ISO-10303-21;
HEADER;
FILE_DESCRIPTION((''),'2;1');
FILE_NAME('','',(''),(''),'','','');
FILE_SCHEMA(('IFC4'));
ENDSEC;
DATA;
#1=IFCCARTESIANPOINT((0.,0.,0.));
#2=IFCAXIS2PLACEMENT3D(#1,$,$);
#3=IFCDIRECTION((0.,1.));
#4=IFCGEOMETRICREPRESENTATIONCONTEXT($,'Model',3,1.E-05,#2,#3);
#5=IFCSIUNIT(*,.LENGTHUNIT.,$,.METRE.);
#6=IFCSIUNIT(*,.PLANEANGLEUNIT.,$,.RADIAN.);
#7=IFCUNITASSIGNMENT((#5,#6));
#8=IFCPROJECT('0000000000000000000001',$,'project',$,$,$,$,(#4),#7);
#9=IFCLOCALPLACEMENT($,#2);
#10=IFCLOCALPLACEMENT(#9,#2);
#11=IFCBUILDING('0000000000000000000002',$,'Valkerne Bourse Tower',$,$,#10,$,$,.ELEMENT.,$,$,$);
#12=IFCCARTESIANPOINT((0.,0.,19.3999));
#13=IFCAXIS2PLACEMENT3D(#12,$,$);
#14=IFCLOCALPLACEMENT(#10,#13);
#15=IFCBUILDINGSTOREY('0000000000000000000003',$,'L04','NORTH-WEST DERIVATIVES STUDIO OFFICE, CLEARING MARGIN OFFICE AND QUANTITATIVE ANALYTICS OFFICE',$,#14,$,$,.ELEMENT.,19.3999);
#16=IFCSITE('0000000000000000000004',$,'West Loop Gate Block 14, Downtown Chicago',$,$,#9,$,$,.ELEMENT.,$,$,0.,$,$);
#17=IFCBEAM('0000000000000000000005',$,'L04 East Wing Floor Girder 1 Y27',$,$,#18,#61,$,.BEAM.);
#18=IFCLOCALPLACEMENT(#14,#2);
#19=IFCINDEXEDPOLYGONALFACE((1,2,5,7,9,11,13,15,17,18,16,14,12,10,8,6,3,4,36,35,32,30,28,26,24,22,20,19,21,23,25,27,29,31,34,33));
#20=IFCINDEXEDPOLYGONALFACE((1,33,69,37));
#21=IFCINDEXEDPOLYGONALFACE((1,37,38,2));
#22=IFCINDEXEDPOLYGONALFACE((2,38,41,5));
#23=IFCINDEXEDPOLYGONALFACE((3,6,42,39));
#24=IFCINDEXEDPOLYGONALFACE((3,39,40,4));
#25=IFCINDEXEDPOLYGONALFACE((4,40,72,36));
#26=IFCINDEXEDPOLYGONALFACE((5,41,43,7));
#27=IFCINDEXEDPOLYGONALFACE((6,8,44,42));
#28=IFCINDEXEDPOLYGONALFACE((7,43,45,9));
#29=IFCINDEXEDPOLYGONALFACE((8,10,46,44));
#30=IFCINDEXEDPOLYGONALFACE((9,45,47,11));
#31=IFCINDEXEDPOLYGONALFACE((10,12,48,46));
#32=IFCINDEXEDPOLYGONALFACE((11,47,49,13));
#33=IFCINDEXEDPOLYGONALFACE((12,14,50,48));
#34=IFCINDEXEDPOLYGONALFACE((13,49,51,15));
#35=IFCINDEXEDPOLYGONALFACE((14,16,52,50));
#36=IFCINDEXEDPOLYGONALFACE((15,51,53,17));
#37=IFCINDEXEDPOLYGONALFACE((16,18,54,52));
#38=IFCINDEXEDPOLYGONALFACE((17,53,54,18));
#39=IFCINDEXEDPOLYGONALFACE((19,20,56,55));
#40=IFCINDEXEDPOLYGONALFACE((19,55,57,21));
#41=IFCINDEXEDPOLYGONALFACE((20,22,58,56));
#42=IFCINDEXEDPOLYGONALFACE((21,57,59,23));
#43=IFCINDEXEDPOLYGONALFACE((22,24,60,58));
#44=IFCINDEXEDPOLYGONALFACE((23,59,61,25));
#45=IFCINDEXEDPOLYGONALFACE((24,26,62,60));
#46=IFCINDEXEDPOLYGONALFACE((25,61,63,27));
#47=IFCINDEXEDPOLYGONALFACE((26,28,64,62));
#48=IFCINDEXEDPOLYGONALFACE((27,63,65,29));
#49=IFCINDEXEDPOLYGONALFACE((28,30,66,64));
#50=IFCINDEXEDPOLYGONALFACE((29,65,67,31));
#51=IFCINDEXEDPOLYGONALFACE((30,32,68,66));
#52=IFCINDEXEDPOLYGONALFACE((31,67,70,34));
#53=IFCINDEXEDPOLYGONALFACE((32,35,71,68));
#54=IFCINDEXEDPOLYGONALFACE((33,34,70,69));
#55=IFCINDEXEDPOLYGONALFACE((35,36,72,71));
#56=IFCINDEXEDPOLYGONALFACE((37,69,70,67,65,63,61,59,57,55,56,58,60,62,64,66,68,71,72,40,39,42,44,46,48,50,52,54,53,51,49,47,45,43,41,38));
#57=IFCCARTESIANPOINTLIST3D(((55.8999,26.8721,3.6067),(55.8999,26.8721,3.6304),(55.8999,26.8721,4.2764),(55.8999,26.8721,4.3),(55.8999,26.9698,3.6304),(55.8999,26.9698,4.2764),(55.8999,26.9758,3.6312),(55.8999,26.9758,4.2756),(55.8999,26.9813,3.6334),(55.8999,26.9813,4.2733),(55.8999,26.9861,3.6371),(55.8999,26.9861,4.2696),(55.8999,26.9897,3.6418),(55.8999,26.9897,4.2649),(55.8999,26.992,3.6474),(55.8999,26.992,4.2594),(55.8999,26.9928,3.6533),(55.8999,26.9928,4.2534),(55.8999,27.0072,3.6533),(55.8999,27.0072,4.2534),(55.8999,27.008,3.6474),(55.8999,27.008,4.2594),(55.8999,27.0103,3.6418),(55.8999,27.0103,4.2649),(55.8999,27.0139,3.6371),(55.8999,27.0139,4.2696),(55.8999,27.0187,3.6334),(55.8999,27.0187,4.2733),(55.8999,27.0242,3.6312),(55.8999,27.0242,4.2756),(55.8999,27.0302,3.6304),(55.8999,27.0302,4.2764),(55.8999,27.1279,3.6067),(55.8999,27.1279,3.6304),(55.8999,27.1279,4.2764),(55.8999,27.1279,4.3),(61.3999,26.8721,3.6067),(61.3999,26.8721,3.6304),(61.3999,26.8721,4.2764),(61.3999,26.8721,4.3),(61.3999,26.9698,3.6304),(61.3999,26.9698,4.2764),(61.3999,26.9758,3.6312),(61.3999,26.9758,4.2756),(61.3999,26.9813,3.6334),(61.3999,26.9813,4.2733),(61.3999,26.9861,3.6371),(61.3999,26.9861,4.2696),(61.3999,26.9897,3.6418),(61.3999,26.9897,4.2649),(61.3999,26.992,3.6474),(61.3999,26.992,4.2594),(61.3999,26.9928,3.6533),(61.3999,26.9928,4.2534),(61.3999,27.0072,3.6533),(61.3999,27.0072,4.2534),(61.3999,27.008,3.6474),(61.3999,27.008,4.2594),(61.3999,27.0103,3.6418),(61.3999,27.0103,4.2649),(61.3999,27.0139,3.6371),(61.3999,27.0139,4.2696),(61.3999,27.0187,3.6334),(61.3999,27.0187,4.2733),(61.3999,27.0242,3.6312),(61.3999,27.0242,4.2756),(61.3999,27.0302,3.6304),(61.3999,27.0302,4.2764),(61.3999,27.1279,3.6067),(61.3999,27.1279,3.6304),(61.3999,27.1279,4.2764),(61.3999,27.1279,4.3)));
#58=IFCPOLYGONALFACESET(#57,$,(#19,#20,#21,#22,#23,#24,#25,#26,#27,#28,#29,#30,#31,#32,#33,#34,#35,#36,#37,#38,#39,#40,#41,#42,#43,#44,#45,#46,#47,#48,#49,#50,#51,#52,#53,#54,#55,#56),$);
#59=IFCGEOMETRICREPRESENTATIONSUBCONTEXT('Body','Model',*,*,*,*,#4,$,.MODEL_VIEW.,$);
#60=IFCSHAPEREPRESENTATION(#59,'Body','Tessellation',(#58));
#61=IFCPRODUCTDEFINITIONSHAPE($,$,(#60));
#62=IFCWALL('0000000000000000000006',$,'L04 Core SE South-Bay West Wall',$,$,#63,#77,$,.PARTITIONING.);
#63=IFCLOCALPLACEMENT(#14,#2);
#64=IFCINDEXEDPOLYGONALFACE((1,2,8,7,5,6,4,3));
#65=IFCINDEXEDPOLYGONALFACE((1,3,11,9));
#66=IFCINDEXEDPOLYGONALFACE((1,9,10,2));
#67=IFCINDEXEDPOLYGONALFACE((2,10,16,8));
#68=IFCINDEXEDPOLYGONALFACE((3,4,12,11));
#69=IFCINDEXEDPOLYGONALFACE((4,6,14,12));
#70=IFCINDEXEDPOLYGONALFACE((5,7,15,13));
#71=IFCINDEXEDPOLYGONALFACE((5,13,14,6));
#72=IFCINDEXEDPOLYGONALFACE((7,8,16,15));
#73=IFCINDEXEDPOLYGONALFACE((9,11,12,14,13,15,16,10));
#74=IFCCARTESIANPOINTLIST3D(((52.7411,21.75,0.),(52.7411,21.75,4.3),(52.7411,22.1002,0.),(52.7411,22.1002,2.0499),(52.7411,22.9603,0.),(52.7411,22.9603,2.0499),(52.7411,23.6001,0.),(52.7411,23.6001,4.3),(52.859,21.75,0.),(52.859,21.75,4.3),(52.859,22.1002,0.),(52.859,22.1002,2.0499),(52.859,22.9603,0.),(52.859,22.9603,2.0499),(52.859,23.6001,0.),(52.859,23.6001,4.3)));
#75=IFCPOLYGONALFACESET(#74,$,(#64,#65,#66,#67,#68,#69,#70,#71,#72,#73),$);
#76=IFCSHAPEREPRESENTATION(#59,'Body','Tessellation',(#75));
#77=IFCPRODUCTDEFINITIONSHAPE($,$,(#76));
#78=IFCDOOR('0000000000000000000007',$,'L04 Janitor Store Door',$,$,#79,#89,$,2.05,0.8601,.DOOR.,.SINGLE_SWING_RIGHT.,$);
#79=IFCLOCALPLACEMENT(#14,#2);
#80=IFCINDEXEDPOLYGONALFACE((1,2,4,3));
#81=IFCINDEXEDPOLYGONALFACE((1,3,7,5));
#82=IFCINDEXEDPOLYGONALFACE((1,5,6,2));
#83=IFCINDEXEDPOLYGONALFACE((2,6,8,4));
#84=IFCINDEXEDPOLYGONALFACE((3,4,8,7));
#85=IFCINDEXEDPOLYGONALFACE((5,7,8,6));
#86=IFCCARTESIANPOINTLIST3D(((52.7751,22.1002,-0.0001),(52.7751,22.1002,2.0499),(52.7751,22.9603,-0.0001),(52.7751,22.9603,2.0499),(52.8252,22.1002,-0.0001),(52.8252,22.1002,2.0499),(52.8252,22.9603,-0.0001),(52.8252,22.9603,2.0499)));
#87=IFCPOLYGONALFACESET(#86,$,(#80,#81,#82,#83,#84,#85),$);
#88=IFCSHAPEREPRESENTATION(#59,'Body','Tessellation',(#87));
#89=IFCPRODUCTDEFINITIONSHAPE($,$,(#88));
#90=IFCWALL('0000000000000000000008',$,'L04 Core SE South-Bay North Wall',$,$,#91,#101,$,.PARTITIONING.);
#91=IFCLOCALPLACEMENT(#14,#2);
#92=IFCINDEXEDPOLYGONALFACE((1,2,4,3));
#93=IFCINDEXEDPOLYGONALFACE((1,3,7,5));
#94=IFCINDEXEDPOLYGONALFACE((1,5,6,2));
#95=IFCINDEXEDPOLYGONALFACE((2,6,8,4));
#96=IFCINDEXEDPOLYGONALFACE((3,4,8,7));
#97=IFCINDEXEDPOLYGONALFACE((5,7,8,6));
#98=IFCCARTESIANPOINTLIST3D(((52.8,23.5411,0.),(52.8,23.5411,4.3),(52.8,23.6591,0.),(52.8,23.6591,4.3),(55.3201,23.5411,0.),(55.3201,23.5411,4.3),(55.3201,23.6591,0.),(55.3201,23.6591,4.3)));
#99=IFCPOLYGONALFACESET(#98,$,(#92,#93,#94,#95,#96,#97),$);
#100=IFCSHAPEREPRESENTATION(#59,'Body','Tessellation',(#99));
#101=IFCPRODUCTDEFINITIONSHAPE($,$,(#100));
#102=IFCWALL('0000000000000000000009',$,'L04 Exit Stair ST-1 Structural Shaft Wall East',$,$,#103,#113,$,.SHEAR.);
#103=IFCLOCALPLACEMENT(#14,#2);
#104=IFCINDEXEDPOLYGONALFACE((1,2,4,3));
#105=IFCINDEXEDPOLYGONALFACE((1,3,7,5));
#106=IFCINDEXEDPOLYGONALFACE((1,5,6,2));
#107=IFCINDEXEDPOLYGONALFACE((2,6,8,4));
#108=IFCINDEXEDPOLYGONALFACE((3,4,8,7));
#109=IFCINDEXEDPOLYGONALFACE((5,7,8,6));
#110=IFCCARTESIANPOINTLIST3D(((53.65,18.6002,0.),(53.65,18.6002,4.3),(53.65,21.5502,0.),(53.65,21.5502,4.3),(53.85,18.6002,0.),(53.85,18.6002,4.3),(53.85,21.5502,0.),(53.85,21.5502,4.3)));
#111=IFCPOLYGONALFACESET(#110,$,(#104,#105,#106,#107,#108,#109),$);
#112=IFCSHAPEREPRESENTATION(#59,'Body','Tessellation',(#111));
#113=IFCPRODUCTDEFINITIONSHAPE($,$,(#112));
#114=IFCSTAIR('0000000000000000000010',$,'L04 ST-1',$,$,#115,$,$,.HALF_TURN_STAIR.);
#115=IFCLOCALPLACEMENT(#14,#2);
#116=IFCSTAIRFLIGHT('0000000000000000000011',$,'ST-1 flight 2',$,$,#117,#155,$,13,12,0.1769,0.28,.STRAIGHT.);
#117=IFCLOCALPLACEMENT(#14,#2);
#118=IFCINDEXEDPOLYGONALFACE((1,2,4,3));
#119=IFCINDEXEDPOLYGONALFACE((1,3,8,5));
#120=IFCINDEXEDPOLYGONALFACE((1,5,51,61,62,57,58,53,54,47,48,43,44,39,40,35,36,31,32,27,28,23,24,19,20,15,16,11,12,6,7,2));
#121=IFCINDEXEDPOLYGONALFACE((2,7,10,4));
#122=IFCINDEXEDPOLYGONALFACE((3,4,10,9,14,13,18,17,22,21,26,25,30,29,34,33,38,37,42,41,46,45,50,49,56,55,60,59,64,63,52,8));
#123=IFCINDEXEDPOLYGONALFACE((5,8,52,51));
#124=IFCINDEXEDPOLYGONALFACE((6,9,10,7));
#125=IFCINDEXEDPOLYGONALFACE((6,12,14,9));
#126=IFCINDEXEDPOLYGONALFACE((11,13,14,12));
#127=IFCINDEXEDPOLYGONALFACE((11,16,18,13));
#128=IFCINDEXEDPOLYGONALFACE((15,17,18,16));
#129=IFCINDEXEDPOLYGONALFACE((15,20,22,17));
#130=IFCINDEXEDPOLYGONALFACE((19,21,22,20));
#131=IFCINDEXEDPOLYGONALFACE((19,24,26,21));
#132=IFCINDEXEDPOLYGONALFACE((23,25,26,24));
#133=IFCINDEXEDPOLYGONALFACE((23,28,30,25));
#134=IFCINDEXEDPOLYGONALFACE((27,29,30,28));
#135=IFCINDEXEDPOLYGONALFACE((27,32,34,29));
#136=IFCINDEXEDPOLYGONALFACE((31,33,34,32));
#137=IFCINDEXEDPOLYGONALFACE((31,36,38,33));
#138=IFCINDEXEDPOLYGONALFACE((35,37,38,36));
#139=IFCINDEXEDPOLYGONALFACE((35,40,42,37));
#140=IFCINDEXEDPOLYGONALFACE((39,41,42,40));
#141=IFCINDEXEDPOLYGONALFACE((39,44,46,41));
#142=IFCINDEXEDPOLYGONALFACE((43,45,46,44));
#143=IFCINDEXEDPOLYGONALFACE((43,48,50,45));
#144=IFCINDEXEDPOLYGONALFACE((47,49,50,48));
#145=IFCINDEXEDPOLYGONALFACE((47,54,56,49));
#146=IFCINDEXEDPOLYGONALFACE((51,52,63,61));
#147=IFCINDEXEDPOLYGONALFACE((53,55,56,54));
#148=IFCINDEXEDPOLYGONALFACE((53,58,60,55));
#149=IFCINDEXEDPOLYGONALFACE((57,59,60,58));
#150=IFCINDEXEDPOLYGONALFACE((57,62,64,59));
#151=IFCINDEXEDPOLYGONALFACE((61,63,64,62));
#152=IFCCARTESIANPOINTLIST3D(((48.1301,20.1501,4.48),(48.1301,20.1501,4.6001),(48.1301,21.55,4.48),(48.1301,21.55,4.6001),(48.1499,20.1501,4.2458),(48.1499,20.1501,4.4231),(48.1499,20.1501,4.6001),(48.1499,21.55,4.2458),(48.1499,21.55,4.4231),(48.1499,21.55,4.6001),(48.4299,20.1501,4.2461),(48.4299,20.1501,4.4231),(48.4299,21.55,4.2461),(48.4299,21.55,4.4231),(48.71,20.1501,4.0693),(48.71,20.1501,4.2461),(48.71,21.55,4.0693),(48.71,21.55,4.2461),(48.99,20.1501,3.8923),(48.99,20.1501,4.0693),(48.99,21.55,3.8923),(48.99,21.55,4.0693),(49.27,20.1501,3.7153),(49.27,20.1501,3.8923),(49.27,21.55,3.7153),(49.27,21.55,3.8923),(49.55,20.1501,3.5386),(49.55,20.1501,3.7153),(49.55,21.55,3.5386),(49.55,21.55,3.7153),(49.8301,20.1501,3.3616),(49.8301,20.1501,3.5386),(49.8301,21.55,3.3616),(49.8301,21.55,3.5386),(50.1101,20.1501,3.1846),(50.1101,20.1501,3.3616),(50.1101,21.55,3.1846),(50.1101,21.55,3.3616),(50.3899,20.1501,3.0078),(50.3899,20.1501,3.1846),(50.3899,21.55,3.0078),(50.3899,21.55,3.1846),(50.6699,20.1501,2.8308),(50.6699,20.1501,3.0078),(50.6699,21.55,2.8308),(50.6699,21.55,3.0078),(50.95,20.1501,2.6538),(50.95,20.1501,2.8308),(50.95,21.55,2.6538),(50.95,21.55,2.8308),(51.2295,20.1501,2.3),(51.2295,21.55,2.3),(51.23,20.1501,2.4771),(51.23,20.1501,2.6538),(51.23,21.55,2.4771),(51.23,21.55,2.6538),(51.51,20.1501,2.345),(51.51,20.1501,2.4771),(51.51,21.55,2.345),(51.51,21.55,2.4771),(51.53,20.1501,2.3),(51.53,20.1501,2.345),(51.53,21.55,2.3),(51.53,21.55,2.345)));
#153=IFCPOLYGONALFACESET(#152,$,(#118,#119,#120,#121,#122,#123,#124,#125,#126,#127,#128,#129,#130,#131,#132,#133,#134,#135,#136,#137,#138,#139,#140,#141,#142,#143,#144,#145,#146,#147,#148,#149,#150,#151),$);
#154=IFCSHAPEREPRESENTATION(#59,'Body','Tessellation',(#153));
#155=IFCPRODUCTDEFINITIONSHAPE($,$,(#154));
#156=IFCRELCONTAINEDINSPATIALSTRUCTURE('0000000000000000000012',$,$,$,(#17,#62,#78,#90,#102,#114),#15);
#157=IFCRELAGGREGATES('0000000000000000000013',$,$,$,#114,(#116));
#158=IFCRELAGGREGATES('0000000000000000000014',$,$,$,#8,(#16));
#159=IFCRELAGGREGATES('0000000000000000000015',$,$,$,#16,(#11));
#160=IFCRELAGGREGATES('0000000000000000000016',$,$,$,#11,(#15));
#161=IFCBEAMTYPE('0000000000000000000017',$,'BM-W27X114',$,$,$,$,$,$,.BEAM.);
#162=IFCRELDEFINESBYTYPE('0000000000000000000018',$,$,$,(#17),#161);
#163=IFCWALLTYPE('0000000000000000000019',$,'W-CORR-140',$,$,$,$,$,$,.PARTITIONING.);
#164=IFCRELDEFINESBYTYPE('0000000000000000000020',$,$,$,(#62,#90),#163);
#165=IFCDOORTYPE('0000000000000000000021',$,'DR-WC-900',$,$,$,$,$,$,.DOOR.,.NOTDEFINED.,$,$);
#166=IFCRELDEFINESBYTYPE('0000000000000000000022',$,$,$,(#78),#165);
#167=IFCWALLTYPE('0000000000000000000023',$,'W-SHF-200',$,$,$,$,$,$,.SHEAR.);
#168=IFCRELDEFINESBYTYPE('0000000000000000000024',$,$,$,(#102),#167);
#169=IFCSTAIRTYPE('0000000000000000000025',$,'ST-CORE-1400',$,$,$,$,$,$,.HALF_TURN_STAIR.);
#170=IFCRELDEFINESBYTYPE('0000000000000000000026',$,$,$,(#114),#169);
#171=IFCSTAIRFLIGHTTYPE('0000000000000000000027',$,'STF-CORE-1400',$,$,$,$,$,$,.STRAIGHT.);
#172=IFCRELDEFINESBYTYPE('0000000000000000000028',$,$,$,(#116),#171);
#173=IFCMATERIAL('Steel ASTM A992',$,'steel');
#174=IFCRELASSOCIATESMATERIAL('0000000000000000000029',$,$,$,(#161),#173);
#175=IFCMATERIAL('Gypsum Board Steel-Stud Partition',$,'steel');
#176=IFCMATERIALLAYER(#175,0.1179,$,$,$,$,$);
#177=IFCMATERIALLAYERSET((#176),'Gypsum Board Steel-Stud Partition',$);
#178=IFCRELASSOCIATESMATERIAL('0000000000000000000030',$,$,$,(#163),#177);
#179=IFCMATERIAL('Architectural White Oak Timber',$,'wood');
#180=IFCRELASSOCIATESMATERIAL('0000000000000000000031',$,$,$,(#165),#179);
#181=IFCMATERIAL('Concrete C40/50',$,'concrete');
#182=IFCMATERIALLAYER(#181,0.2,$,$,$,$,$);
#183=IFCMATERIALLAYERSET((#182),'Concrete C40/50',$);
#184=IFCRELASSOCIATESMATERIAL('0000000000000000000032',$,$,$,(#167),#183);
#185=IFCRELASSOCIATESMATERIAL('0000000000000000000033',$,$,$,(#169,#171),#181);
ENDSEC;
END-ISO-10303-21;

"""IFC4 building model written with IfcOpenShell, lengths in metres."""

from ifc_helpers import new_model, si_unit, direction, frame, frame_2d, origin, origin_2d, place, context, subcontext, project, spatial, polyline, rectangle, i_section, outline, extrude, material, layer, layer_set, material_profile, profile_set, type_object, element, fill, aggregate, save


model = new_model("IFC4")

# Units and contexts
model_context = context("Model", 3, precision=1e-05, world=origin(), true_north=direction((0.0, 1.0)))
body_context = subcontext(model_context, "Body", "Model", "MODEL_VIEW")
ifc_project = project(units=[si_unit("LENGTHUNIT", "METRE"), si_unit("PLANEANGLEUNIT", "RADIAN")], contexts=[model_context])

# Site, building, storey
site_placement = place(None, origin())
site = spatial("IfcSite", under=ifc_project, at=site_placement, Name="West Loop Gate Block 14, Downtown Chicago", CompositionType="ELEMENT", RefElevation=0.0)
building_placement = place(site_placement, origin())
building = spatial("IfcBuilding", under=site, at=building_placement, Name="Valkerne Bourse Tower", CompositionType="ELEMENT")
storey_placement = place(building_placement, frame((0.0, 0.0, 19.3999)))
storey = spatial("IfcBuildingStorey", under=building, at=storey_placement, Name="L04", Description="NORTH-WEST DERIVATIVES STUDIO OFFICE, CLEARING MARGIN OFFICE AND QUANTITATIVE ANALYTICS OFFICE", CompositionType="ELEMENT", Elevation=19.3999)

# Beam
ifc_material_1 = material(Name="Steel ASTM A992", Category="steel")
ifc_material_profile_1 = material_profile(ifc_material_1, i_section(OverallWidth=0.2559, OverallDepth=0.6934, WebThickness=0.0144, FlangeThickness=0.0237, FilletRadius=0.0229, at=origin_2d()), Name="W27X114")
ifc_profile_set_1 = profile_set([ifc_material_profile_1], Name="Steel ASTM A992")
beam_type = type_object("IfcBeamType", Name="BM-W27X114", PredefinedType="BEAM", material=ifc_profile_set_1)
beam_1_placement = place(storey_placement, frame((55.8999, 27.0, 3.9534), z_axis=(1.0, 0.0, 0.0), x_axis=(0.0, 1.0, 0.0)))
element("IfcBeam", 1, at=beam_1_placement, inside=storey, type_object=beam_type, Name="L04 East Wing Floor Girder 1 Y27", PredefinedType="BEAM", context=body_context, shape_type="SweptSolid", body=[
    extrude(i_section(OverallWidth=0.2559, OverallDepth=0.6934, WebThickness=0.0144, FlangeThickness=0.0237, FilletRadius=0.0229, at=origin_2d()), origin(), (0.0, 0.0, 1.0), 5.5),
])

# Wall, opening, door
ifc_material_2 = material(Name="Gypsum Board Steel-Stud Partition", Category="steel")
ifc_layer_1 = layer(ifc_material_2, 0.1179)
ifc_layer_set_1 = layer_set([ifc_layer_1], Name="Gypsum Board Steel-Stud Partition")
wall_type_1 = type_object("IfcWallType", Name="W-CORR-140", PredefinedType="PARTITIONING", material=ifc_layer_set_1)
wall_1_placement = place(storey_placement, frame((52.8, 21.75, 0.0), z_axis=(0.0, 0.0, 1.0), x_axis=(0.0, 1.0, 0.0)))
wall_1 = element("IfcWall", 2, at=wall_1_placement, inside=storey, type_object=wall_type_1, Name="L04 Core SE South-Bay West Wall", PredefinedType="PARTITIONING", context=body_context, shape_type="SweptSolid", body=[
    extrude(rectangle(XDim=1.8501, YDim=0.1179, at=frame_2d((0.925, 0.0))), origin(), (0.0, 0.0, 1.0), 4.3),
])
opening_1_placement = place(wall_1_placement, frame((0.3501, 0.0, 0.0)))
opening_1 = element("IfcOpeningElement", 3, at=opening_1_placement, cuts=wall_1, PredefinedType="OPENING", context=body_context, shape_type="SweptSolid", body=[
    extrude(rectangle(XDim=0.8601, YDim=2.05, at=frame_2d((0.4302, 1.0249))), frame((0.0, 0.0688, 0.0), z_axis=(0.0, -1.0, 0.0), x_axis=(1.0, 0.0, 0.0)), (0.0, 0.0, 1.0), 0.1379),
])
ifc_material_3 = material(Name="Architectural White Oak Timber", Category="wood")
door_type_1 = type_object("IfcDoorType", Name="DR-WC-900", OperationType="NOTDEFINED", PredefinedType="DOOR", material=ifc_material_3)
door_1_placement = place(opening_1_placement, origin())
door_1 = element("IfcDoor", 4, at=door_1_placement, inside=storey, type_object=door_type_1, Name="L04 Janitor Store Door", OperationType="SINGLE_SWING_RIGHT", OverallHeight=2.05, OverallWidth=0.8601, PredefinedType="DOOR", context=body_context, shape_type="SweptSolid", body=[
    extrude(rectangle(XDim=0.8601, YDim=2.05, at=frame_2d((0.4302, 1.0249))), frame((0.0, 0.0249, 0.0), z_axis=(0.0, -1.0, 0.0), x_axis=(1.0, 0.0, 0.0)), (0.0, 0.0, 1.0), 0.05),
])
fill(opening_1, door_1)

# Wall
wall_2_placement = place(storey_placement, frame((52.8, 23.6001, 0.0), z_axis=(0.0, 0.0, 1.0), x_axis=(1.0, 0.0, 0.0)))
element("IfcWall", 5, at=wall_2_placement, inside=storey, type_object=wall_type_1, Name="L04 Core SE South-Bay North Wall", PredefinedType="PARTITIONING", context=body_context, shape_type="SweptSolid", body=[
    extrude(rectangle(XDim=2.52, YDim=0.1179, at=frame_2d((1.26, 0.0))), origin(), (0.0, 0.0, 1.0), 4.3),
])

# Wall
ifc_material_4 = material(Name="Concrete C40/50", Category="concrete")
ifc_layer_2 = layer(ifc_material_4, 0.2)
ifc_layer_set_2 = layer_set([ifc_layer_2], Name="Concrete C40/50")
wall_type_2 = type_object("IfcWallType", Name="W-SHF-200", PredefinedType="SHEAR", material=ifc_layer_set_2)
wall_3_placement = place(storey_placement, frame((53.75, 18.6001, 0.0), z_axis=(0.0, 0.0, 1.0), x_axis=(0.0, 1.0, 0.0)))
element("IfcWall", 6, at=wall_3_placement, inside=storey, type_object=wall_type_2, Name="L04 Exit Stair ST-1 Structural Shaft Wall East", PredefinedType="SHEAR", context=body_context, shape_type="SweptSolid", body=[
    extrude(rectangle(XDim=2.95, YDim=0.2, at=frame_2d((1.4751, 0.0))), origin(), (0.0, 0.0, 1.0), 4.3),
])

# Stair, stair flight
stair_type = type_object("IfcStairType", Name="ST-CORE-1400", PredefinedType="HALF_TURN_STAIR", material=ifc_material_4)
stair_placement = place(storey_placement, origin())
stair = element("IfcStair", 7, at=stair_placement, inside=storey, type_object=stair_type, Name="L04 ST-1", PredefinedType="HALF_TURN_STAIR")
stair_flight_type = type_object("IfcStairFlightType", Name="STF-CORE-1400", PredefinedType="STRAIGHT", material=ifc_material_4)
stair_flight_placement = place(storey_placement, frame((51.51, 20.8501, 2.3), z_axis=(0.0, 0.0, 1.0), x_axis=(-1.0, 0.0, 0.0)))
stair_flight = element("IfcStairFlight", 8, at=stair_flight_placement, type_object=stair_flight_type, Name="ST-1 flight 2", NumberOfRisers=13, NumberOfTreads=12, PredefinedType="STRAIGHT", RiserHeight=0.1769, TreadLength=0.28, context=body_context, shape_type="SweptSolid", body=[
    extrude(outline(polyline([(-0.02, 0.0), (-0.02, 0.0449), (0.0, 0.0449), (0.0, 0.177), (0.28, 0.177), (0.28, 0.3538), (0.5601, 0.3538), (0.5601, 0.5308), (0.8401, 0.5308), (0.8401, 0.7078), (1.1201, 0.7078), (1.1201, 0.8845), (1.3999, 0.8845), (1.3999, 1.0615), (1.6799, 1.0615), (1.6799, 1.2385), (1.96, 1.2385), (1.96, 1.4153), (2.24, 1.4153), (2.24, 1.5923), (2.52, 1.5923), (2.52, 1.7693), (2.8, 1.7693), (2.8, 1.946), (3.0801, 1.946), (3.0801, 2.123), (3.3601, 2.123), (3.3601, 2.3), (3.3799, 2.3), (3.3799, 2.1799), (3.3601, 1.9458), (0.2805, 0.0), (-0.02, 0.0)])), frame((0.0, 0.7, 0.0), z_axis=(0.0, -1.0, 0.0), x_axis=(1.0, 0.0, 0.0)), (0.0, 0.0, 1.0), 1.3999),
])
aggregate(stair, [stair_flight])

save(model, "model.ifc")
